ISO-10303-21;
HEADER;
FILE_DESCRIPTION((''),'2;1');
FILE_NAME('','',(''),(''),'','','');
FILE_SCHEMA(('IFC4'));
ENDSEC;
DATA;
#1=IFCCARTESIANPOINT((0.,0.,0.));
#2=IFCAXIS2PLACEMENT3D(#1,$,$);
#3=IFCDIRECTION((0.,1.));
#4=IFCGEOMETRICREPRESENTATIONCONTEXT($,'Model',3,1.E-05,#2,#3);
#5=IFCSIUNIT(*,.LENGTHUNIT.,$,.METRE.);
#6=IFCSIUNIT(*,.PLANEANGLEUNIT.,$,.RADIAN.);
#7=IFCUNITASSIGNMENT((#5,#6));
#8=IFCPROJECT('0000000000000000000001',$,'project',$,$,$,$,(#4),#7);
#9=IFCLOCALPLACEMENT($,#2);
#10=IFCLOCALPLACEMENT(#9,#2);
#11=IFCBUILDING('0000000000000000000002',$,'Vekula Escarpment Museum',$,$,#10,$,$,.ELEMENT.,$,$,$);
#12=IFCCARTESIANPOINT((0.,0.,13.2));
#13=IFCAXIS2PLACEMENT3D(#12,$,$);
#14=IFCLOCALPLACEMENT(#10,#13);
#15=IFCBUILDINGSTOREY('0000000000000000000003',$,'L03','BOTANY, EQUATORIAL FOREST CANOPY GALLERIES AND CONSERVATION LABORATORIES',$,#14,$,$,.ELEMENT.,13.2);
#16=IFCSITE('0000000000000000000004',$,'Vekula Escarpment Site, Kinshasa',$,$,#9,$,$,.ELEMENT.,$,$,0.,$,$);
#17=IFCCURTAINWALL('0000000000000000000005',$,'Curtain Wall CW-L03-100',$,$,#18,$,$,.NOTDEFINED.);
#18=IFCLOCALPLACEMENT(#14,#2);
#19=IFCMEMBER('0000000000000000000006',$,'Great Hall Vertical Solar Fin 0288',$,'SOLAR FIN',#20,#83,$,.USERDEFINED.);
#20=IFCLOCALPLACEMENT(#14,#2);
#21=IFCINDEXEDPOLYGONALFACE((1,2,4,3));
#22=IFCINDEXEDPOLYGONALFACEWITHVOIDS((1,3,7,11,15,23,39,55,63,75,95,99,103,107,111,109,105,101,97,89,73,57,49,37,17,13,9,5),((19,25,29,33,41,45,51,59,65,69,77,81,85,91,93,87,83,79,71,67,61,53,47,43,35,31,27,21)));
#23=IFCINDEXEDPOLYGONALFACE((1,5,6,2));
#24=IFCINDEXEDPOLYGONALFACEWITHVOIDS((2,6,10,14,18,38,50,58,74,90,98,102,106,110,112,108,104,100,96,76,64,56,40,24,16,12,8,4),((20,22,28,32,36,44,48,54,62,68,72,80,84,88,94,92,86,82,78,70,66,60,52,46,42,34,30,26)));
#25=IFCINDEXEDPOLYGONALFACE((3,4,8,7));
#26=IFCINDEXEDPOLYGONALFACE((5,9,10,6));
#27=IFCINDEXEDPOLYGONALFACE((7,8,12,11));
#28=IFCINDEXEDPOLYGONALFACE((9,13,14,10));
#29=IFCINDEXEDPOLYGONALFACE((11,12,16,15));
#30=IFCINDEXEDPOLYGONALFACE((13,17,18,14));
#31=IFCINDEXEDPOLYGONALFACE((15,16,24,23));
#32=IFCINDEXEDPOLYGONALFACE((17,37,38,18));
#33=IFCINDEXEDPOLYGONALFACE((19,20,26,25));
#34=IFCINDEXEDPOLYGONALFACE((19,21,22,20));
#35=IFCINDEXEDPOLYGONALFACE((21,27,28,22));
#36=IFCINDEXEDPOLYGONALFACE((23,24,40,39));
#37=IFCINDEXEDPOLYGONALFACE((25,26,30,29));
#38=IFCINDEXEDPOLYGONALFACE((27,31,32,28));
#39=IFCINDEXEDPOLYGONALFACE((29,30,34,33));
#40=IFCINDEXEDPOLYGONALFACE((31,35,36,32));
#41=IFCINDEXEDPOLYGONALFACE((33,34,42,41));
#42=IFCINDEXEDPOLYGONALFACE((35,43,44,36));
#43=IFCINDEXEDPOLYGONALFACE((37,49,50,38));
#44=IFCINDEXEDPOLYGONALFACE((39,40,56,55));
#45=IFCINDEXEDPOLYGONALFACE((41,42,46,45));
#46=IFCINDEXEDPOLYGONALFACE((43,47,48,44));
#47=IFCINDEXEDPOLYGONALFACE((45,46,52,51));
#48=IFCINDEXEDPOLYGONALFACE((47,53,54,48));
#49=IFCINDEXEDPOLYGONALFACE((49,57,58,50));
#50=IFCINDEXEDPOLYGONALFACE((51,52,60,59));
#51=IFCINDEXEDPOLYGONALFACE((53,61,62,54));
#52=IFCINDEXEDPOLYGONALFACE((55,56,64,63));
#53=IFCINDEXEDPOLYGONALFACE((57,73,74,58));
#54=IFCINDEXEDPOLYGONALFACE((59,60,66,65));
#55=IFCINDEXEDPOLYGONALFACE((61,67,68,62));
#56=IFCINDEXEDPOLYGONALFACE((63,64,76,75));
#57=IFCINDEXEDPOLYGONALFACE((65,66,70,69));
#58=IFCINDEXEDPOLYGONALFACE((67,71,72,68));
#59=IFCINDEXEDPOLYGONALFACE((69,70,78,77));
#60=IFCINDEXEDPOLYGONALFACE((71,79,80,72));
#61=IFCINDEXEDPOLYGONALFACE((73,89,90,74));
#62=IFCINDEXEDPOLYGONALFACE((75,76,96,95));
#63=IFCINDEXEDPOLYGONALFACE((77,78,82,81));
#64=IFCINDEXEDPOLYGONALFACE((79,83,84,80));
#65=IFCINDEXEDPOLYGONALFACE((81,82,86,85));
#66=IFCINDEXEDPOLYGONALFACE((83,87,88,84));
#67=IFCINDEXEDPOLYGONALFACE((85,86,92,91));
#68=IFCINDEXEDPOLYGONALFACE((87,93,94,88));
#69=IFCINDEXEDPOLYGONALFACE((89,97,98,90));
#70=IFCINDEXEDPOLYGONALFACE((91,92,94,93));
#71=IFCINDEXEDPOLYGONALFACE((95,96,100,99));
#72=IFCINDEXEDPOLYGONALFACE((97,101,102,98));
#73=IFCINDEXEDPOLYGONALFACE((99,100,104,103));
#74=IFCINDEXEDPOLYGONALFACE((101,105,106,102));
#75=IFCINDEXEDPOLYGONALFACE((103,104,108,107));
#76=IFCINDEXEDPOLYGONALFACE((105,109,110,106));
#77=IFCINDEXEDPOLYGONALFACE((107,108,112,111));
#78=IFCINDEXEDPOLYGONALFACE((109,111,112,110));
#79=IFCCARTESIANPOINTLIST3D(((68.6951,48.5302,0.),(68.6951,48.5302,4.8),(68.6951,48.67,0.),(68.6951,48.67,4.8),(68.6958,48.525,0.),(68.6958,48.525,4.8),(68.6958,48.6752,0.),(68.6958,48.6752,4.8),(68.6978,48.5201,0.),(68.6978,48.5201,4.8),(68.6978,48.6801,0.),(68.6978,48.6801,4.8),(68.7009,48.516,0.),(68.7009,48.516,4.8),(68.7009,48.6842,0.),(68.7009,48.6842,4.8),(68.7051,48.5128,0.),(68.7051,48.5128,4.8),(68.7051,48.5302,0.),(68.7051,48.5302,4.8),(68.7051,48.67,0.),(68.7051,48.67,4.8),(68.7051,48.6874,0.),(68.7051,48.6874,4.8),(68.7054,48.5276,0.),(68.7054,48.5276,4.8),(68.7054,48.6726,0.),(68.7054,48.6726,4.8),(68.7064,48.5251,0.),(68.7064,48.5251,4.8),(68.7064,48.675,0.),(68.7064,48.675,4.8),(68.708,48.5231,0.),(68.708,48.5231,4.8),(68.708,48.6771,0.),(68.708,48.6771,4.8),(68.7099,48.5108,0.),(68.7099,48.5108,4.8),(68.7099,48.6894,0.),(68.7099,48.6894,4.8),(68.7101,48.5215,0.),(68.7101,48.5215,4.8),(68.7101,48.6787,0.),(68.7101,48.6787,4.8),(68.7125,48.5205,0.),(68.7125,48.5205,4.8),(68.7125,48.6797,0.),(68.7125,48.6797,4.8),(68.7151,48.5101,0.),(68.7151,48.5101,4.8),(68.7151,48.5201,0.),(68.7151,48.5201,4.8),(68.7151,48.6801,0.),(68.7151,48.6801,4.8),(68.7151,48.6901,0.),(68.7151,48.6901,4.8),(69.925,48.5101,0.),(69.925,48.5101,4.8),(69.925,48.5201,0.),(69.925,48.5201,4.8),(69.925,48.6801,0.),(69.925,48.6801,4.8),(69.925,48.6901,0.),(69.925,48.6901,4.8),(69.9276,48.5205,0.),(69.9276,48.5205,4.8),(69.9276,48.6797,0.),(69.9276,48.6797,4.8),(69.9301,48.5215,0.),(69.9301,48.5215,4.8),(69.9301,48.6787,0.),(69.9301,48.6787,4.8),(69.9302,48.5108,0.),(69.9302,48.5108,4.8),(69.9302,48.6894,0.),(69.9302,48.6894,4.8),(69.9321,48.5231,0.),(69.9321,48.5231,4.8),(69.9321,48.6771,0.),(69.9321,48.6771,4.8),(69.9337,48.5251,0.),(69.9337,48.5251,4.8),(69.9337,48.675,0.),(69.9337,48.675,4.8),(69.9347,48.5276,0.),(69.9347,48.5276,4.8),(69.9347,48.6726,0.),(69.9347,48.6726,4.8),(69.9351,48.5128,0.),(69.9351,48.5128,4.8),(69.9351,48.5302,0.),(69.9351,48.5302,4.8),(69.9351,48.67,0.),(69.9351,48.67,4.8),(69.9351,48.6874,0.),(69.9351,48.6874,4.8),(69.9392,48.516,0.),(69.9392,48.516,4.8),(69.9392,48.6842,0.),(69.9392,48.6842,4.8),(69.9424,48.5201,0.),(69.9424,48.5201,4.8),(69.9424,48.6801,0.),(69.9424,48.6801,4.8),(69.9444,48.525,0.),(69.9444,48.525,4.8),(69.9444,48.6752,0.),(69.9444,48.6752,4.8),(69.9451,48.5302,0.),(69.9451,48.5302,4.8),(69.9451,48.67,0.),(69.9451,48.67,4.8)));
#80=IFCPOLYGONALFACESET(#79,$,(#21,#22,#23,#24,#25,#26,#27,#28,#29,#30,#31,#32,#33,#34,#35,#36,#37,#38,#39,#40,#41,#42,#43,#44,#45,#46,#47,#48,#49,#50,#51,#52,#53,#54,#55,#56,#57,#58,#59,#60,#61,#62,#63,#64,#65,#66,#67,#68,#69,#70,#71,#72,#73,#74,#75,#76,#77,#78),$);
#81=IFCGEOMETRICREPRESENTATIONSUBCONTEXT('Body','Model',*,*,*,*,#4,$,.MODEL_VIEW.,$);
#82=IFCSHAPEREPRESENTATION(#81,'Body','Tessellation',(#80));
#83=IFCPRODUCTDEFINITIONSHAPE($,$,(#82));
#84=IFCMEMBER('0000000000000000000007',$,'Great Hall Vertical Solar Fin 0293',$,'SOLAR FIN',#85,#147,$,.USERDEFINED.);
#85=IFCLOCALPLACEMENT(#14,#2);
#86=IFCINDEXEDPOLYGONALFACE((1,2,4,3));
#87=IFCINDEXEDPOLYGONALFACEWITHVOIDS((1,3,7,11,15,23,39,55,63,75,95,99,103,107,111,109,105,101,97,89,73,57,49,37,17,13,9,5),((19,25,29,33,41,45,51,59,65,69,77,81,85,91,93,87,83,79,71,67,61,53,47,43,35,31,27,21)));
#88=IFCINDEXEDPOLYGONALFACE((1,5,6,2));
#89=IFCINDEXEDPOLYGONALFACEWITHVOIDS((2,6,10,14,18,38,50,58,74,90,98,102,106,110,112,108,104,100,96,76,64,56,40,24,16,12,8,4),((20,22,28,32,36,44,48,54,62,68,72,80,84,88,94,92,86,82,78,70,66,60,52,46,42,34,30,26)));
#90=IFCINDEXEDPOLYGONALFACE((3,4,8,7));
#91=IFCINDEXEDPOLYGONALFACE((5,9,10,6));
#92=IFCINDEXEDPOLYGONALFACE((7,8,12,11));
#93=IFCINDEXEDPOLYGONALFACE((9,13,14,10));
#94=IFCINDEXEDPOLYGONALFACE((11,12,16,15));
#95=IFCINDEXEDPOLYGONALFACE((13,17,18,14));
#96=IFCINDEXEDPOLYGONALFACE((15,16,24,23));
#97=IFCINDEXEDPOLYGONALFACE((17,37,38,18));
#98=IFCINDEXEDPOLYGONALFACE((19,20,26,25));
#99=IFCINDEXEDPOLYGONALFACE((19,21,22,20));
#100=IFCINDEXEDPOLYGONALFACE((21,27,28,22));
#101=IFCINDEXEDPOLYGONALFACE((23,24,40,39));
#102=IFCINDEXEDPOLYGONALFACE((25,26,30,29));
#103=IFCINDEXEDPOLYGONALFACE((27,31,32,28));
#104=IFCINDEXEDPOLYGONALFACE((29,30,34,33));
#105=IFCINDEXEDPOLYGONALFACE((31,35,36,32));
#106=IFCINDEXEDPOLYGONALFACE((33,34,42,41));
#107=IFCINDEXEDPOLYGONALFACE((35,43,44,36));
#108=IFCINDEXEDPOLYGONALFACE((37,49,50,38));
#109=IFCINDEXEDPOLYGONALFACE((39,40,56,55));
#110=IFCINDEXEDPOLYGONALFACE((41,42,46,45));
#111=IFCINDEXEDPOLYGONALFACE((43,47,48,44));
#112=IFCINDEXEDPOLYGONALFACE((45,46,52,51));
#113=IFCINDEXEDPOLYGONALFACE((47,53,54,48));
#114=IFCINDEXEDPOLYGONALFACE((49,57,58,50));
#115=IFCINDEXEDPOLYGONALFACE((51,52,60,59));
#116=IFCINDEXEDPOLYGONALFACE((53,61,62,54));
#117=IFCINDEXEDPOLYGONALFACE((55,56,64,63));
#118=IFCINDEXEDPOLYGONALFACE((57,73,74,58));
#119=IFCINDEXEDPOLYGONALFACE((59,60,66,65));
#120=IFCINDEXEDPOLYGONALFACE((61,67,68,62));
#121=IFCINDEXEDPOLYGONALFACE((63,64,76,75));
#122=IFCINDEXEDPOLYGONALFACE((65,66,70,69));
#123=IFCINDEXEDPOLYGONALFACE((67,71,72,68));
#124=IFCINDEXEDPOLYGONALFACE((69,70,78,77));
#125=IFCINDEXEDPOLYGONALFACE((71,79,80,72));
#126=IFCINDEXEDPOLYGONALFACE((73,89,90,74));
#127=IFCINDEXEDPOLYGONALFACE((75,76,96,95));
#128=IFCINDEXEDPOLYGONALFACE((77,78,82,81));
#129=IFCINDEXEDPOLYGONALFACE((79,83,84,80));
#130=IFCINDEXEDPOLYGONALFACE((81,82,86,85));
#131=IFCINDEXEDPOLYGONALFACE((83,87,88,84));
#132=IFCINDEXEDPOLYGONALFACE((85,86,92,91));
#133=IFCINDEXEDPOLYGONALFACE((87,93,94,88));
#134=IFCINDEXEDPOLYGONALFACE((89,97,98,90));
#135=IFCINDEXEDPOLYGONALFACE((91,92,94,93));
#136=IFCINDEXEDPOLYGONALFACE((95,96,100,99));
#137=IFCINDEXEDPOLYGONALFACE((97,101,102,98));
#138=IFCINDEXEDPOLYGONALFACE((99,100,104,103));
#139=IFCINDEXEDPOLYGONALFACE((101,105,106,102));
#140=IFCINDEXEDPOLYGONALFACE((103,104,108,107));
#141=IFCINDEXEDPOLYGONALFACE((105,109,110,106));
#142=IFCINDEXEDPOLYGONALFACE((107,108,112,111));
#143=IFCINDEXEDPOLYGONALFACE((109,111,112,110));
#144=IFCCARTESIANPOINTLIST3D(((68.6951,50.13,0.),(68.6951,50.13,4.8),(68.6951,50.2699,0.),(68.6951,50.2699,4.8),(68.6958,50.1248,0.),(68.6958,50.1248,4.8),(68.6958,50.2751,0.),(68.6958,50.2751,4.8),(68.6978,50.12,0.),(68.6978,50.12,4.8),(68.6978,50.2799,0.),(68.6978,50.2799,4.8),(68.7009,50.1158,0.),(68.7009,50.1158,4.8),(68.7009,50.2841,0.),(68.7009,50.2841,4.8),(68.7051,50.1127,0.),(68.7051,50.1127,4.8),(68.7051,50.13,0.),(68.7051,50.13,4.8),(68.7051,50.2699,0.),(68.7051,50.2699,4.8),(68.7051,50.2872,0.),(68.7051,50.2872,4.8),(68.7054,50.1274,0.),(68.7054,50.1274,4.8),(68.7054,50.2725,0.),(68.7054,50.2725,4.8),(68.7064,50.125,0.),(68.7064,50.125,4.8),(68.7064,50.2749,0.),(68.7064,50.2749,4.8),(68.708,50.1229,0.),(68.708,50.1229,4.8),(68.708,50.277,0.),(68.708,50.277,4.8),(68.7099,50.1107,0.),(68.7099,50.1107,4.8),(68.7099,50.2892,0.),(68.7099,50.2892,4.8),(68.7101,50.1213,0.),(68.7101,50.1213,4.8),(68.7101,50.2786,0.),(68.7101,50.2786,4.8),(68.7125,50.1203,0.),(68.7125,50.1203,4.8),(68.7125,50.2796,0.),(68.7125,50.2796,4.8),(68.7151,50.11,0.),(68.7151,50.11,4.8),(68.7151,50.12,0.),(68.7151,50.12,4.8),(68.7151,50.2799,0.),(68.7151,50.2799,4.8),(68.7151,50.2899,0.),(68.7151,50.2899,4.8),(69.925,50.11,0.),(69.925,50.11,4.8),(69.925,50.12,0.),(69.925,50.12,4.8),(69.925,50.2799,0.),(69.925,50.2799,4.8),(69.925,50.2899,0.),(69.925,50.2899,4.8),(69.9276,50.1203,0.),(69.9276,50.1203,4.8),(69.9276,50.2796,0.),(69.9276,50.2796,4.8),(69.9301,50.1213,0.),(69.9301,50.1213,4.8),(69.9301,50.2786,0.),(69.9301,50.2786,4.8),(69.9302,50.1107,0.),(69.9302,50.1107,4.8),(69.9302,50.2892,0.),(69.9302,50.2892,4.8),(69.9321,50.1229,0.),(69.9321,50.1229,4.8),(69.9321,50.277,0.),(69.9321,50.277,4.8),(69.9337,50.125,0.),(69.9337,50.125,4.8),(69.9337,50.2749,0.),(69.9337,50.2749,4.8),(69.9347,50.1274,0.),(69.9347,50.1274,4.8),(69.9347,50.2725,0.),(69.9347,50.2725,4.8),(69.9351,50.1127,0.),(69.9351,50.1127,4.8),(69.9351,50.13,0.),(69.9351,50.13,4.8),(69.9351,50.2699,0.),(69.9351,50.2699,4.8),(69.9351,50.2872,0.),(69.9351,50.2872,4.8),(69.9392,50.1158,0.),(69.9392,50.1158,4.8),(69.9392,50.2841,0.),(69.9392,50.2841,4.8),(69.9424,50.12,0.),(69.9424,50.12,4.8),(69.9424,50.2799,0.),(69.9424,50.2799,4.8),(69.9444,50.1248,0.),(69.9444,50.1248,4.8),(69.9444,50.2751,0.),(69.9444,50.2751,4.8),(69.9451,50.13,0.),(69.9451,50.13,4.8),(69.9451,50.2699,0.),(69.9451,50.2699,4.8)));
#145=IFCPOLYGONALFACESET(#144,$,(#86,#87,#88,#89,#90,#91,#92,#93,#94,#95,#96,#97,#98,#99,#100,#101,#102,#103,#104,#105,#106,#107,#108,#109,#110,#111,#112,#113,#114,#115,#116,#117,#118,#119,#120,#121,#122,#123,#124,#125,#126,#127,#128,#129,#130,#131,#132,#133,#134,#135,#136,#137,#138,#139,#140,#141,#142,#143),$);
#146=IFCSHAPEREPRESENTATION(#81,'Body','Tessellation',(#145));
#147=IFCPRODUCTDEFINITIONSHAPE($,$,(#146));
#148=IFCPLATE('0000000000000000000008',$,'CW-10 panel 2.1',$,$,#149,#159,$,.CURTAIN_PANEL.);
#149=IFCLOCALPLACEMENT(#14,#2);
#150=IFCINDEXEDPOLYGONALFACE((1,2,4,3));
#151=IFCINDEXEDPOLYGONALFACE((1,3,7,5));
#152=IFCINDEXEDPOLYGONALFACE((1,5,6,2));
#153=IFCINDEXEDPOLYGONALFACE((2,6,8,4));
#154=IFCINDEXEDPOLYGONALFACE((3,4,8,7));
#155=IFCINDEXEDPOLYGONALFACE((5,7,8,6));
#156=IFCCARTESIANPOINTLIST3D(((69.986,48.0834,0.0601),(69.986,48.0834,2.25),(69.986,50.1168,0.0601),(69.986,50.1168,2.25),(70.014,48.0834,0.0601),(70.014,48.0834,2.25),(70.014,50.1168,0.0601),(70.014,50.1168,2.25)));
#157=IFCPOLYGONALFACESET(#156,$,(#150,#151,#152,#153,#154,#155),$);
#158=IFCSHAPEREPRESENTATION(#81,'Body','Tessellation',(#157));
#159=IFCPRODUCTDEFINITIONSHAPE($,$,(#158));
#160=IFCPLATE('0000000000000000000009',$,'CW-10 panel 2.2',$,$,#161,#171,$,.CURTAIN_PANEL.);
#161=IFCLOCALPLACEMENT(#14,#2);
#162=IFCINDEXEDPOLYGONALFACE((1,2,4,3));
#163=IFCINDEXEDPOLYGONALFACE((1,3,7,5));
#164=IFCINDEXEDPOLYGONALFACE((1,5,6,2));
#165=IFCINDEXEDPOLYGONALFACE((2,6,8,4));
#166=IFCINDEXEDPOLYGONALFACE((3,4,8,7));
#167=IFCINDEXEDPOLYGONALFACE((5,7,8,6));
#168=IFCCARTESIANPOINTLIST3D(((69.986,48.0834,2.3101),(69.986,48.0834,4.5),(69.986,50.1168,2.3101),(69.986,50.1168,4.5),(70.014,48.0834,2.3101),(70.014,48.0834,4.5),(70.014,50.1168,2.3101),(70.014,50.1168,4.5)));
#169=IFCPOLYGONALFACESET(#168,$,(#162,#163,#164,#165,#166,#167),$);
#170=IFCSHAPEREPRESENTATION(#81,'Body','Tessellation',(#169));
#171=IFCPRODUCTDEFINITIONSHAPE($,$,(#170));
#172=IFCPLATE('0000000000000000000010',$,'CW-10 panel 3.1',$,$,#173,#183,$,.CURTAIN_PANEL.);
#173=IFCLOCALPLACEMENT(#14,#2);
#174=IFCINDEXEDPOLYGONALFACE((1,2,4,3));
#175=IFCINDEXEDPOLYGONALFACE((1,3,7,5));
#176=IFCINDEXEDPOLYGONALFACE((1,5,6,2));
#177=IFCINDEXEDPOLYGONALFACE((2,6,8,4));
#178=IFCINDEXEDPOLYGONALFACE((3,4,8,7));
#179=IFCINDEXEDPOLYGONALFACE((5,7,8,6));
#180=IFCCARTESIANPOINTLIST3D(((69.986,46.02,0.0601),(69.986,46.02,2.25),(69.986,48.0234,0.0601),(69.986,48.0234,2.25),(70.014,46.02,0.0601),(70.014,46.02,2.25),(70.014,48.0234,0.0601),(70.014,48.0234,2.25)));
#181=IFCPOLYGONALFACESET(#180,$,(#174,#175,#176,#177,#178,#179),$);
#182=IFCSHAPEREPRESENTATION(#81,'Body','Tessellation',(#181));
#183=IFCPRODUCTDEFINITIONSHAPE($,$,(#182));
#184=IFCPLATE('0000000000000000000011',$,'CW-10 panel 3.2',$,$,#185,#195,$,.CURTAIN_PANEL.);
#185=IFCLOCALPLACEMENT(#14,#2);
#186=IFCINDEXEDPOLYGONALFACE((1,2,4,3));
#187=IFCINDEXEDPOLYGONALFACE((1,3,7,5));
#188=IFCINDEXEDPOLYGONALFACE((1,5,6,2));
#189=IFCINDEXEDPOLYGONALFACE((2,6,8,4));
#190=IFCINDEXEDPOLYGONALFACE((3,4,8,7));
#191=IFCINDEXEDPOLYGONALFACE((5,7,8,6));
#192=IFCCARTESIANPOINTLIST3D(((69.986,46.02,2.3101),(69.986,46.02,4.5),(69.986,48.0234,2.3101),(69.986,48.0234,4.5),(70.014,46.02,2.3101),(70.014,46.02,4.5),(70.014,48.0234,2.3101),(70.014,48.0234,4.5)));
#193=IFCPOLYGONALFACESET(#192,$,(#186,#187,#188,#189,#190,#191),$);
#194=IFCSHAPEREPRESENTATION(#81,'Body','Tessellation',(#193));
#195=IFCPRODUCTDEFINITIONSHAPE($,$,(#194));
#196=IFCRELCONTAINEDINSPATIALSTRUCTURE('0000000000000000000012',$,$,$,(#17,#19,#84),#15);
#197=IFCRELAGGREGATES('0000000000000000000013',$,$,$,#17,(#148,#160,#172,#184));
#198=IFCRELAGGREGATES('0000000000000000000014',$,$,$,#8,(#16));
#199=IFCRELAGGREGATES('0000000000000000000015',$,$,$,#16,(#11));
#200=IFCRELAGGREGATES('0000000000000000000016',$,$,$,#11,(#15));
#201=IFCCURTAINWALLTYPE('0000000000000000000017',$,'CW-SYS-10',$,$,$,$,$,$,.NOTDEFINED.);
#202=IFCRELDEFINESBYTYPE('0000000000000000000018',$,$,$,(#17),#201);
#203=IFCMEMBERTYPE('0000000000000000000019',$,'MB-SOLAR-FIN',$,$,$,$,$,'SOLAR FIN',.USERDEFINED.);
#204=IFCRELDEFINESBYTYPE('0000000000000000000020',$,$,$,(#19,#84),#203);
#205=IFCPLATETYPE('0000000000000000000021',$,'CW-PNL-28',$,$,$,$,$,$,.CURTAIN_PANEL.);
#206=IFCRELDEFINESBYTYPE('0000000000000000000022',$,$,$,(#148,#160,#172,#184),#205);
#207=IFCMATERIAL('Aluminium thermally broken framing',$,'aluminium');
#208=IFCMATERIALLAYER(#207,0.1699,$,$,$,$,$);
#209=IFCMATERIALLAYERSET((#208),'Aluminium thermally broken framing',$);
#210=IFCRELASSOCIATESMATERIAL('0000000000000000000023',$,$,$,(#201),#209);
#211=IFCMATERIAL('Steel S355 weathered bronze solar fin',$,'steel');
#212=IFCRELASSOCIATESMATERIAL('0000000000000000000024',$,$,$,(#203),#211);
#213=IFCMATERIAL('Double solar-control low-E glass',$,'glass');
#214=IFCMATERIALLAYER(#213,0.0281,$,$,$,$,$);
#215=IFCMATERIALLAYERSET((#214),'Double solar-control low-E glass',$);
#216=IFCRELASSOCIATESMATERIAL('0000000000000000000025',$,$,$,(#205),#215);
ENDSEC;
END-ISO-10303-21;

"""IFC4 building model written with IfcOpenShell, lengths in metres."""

from ifc_helpers import new_model, si_unit, direction, frame, origin, origin_2d, place, context, subcontext, project, spatial, rectangle, hollow_rectangle, extrude, material, layer, layer_set, material_profile, profile_set, type_object, element, aggregate, save


model = new_model("IFC4")

# Units and contexts
model_context = context("Model", 3, precision=1e-05, world=origin(), true_north=direction((0.0, 1.0)))
body_context = subcontext(model_context, "Body", "Model", "MODEL_VIEW")
ifc_project = project(units=[si_unit("LENGTHUNIT", "METRE"), si_unit("PLANEANGLEUNIT", "RADIAN")], contexts=[model_context])

# Site, building, storey
site_placement = place(None, origin())
site = spatial("IfcSite", under=ifc_project, at=site_placement, Name="Vekula Escarpment Site, Kinshasa", CompositionType="ELEMENT", RefElevation=0.0)
building_placement = place(site_placement, origin())
building = spatial("IfcBuilding", under=site, at=building_placement, Name="Vekula Escarpment Museum", CompositionType="ELEMENT")
storey_placement = place(building_placement, frame((0.0, 0.0, 13.2)))
storey = spatial("IfcBuildingStorey", under=building, at=storey_placement, Name="L03", Description="BOTANY, EQUATORIAL FOREST CANOPY GALLERIES AND CONSERVATION LABORATORIES", CompositionType="ELEMENT", Elevation=13.2)

# Curtain wall
ifc_material_1 = material(Name="Aluminium thermally broken framing", Category="aluminium")
ifc_layer_1 = layer(ifc_material_1, 0.1699)
ifc_layer_set_1 = layer_set([ifc_layer_1], Name="Aluminium thermally broken framing")
curtain_wall_type = type_object("IfcCurtainWallType", Name="CW-SYS-10", PredefinedType="NOTDEFINED", material=ifc_layer_set_1)
curtain_wall_placement = place(storey_placement, origin())
curtain_wall = element("IfcCurtainWall", 1, at=curtain_wall_placement, inside=storey, type_object=curtain_wall_type, Name="Curtain Wall CW-L03-100", PredefinedType="NOTDEFINED")

# Members
ifc_material_2 = material(Name="Steel S355 weathered bronze solar fin", Category="steel")
ifc_material_profile_1 = material_profile(ifc_material_2, hollow_rectangle(XDim=0.1799, YDim=1.25, WallThickness=0.01, InnerFilletRadius=0.01, OuterFilletRadius=0.02, at=origin_2d()), Name="RHS 1250x180x10")
ifc_profile_set_1 = profile_set([ifc_material_profile_1], Name="Steel S355 weathered bronze solar fin")
member_type_1 = type_object("IfcMemberType", Name="MB-SOLAR-FIN", ElementType="SOLAR FIN", PredefinedType="USERDEFINED", material=ifc_profile_set_1)
for number, where, z_axis, x_axis, name in (
    (2, (69.3201, 48.6001, 0.0), (0.0, 0.0, 1.0), (0.0, 1.0, 0.0), "Great Hall Vertical Solar Fin 0288"),
    (3, (69.3201, 50.2, 0.0), (0.0, 0.0, 1.0), (0.0, 1.0, 0.0), "Great Hall Vertical Solar Fin 0293"),
):
    element("IfcMember", number, at=place(storey_placement, frame(where, z_axis=z_axis, x_axis=x_axis)), inside=storey, type_object=member_type_1, Name=name, ObjectType="SOLAR FIN", PredefinedType="USERDEFINED", context=body_context, shape_type="SweptSolid", body=[
        extrude(hollow_rectangle(XDim=0.1799, YDim=1.25, WallThickness=0.01, InnerFilletRadius=0.01, OuterFilletRadius=0.02, at=origin_2d()), origin(), (0.0, 0.0, 1.0), 4.8),
    ])

# Plates
ifc_material_3 = material(Name="Double solar-control low-E glass", Category="glass")
ifc_layer_2 = layer(ifc_material_3, 0.0281)
ifc_layer_set_2 = layer_set([ifc_layer_2], Name="Double solar-control low-E glass")
plate_type = type_object("IfcPlateType", Name="CW-PNL-28", PredefinedType="CURTAIN_PANEL", material=ifc_layer_set_2)
plate_1_placement = place(storey_placement, frame((70.0, 49.1001, 0.0601), z_axis=(0.0, 0.0, 1.0), x_axis=(0.0, -1.0, 0.0)))
plate_1 = element("IfcPlate", 4, at=plate_1_placement, type_object=plate_type, Name="CW-10 panel 2.1", PredefinedType="CURTAIN_PANEL", context=body_context, shape_type="SweptSolid", body=[
    extrude(rectangle(XDim=2.0334, YDim=0.0281, at=origin_2d()), origin(), (0.0, 0.0, 1.0), 2.1899),
])
plate_2_placement = place(storey_placement, frame((70.0, 49.1001, 2.3101), z_axis=(0.0, 0.0, 1.0), x_axis=(0.0, -1.0, 0.0)))
plate_2 = element("IfcPlate", 5, at=plate_2_placement, type_object=plate_type, Name="CW-10 panel 2.2", PredefinedType="CURTAIN_PANEL", context=body_context, shape_type="SweptSolid", body=[
    extrude(rectangle(XDim=2.0334, YDim=0.0281, at=origin_2d()), origin(), (0.0, 0.0, 1.0), 2.1899),
])
plate_3_placement = place(storey_placement, frame((70.0, 47.0217, 0.0601), z_axis=(0.0, 0.0, 1.0), x_axis=(0.0, -1.0, 0.0)))
plate_3 = element("IfcPlate", 6, at=plate_3_placement, type_object=plate_type, Name="CW-10 panel 3.1", PredefinedType="CURTAIN_PANEL", context=body_context, shape_type="SweptSolid", body=[
    extrude(rectangle(XDim=2.0034, YDim=0.0281, at=origin_2d()), origin(), (0.0, 0.0, 1.0), 2.1899),
])
plate_4_placement = place(storey_placement, frame((70.0, 47.0217, 2.3101), z_axis=(0.0, 0.0, 1.0), x_axis=(0.0, -1.0, 0.0)))
plate_4 = element("IfcPlate", 7, at=plate_4_placement, type_object=plate_type, Name="CW-10 panel 3.2", PredefinedType="CURTAIN_PANEL", context=body_context, shape_type="SweptSolid", body=[
    extrude(rectangle(XDim=2.0034, YDim=0.0281, at=origin_2d()), origin(), (0.0, 0.0, 1.0), 2.1899),
])
aggregate(curtain_wall, [plate_1, plate_2, plate_3, plate_4])

save(model, "model.ifc")
